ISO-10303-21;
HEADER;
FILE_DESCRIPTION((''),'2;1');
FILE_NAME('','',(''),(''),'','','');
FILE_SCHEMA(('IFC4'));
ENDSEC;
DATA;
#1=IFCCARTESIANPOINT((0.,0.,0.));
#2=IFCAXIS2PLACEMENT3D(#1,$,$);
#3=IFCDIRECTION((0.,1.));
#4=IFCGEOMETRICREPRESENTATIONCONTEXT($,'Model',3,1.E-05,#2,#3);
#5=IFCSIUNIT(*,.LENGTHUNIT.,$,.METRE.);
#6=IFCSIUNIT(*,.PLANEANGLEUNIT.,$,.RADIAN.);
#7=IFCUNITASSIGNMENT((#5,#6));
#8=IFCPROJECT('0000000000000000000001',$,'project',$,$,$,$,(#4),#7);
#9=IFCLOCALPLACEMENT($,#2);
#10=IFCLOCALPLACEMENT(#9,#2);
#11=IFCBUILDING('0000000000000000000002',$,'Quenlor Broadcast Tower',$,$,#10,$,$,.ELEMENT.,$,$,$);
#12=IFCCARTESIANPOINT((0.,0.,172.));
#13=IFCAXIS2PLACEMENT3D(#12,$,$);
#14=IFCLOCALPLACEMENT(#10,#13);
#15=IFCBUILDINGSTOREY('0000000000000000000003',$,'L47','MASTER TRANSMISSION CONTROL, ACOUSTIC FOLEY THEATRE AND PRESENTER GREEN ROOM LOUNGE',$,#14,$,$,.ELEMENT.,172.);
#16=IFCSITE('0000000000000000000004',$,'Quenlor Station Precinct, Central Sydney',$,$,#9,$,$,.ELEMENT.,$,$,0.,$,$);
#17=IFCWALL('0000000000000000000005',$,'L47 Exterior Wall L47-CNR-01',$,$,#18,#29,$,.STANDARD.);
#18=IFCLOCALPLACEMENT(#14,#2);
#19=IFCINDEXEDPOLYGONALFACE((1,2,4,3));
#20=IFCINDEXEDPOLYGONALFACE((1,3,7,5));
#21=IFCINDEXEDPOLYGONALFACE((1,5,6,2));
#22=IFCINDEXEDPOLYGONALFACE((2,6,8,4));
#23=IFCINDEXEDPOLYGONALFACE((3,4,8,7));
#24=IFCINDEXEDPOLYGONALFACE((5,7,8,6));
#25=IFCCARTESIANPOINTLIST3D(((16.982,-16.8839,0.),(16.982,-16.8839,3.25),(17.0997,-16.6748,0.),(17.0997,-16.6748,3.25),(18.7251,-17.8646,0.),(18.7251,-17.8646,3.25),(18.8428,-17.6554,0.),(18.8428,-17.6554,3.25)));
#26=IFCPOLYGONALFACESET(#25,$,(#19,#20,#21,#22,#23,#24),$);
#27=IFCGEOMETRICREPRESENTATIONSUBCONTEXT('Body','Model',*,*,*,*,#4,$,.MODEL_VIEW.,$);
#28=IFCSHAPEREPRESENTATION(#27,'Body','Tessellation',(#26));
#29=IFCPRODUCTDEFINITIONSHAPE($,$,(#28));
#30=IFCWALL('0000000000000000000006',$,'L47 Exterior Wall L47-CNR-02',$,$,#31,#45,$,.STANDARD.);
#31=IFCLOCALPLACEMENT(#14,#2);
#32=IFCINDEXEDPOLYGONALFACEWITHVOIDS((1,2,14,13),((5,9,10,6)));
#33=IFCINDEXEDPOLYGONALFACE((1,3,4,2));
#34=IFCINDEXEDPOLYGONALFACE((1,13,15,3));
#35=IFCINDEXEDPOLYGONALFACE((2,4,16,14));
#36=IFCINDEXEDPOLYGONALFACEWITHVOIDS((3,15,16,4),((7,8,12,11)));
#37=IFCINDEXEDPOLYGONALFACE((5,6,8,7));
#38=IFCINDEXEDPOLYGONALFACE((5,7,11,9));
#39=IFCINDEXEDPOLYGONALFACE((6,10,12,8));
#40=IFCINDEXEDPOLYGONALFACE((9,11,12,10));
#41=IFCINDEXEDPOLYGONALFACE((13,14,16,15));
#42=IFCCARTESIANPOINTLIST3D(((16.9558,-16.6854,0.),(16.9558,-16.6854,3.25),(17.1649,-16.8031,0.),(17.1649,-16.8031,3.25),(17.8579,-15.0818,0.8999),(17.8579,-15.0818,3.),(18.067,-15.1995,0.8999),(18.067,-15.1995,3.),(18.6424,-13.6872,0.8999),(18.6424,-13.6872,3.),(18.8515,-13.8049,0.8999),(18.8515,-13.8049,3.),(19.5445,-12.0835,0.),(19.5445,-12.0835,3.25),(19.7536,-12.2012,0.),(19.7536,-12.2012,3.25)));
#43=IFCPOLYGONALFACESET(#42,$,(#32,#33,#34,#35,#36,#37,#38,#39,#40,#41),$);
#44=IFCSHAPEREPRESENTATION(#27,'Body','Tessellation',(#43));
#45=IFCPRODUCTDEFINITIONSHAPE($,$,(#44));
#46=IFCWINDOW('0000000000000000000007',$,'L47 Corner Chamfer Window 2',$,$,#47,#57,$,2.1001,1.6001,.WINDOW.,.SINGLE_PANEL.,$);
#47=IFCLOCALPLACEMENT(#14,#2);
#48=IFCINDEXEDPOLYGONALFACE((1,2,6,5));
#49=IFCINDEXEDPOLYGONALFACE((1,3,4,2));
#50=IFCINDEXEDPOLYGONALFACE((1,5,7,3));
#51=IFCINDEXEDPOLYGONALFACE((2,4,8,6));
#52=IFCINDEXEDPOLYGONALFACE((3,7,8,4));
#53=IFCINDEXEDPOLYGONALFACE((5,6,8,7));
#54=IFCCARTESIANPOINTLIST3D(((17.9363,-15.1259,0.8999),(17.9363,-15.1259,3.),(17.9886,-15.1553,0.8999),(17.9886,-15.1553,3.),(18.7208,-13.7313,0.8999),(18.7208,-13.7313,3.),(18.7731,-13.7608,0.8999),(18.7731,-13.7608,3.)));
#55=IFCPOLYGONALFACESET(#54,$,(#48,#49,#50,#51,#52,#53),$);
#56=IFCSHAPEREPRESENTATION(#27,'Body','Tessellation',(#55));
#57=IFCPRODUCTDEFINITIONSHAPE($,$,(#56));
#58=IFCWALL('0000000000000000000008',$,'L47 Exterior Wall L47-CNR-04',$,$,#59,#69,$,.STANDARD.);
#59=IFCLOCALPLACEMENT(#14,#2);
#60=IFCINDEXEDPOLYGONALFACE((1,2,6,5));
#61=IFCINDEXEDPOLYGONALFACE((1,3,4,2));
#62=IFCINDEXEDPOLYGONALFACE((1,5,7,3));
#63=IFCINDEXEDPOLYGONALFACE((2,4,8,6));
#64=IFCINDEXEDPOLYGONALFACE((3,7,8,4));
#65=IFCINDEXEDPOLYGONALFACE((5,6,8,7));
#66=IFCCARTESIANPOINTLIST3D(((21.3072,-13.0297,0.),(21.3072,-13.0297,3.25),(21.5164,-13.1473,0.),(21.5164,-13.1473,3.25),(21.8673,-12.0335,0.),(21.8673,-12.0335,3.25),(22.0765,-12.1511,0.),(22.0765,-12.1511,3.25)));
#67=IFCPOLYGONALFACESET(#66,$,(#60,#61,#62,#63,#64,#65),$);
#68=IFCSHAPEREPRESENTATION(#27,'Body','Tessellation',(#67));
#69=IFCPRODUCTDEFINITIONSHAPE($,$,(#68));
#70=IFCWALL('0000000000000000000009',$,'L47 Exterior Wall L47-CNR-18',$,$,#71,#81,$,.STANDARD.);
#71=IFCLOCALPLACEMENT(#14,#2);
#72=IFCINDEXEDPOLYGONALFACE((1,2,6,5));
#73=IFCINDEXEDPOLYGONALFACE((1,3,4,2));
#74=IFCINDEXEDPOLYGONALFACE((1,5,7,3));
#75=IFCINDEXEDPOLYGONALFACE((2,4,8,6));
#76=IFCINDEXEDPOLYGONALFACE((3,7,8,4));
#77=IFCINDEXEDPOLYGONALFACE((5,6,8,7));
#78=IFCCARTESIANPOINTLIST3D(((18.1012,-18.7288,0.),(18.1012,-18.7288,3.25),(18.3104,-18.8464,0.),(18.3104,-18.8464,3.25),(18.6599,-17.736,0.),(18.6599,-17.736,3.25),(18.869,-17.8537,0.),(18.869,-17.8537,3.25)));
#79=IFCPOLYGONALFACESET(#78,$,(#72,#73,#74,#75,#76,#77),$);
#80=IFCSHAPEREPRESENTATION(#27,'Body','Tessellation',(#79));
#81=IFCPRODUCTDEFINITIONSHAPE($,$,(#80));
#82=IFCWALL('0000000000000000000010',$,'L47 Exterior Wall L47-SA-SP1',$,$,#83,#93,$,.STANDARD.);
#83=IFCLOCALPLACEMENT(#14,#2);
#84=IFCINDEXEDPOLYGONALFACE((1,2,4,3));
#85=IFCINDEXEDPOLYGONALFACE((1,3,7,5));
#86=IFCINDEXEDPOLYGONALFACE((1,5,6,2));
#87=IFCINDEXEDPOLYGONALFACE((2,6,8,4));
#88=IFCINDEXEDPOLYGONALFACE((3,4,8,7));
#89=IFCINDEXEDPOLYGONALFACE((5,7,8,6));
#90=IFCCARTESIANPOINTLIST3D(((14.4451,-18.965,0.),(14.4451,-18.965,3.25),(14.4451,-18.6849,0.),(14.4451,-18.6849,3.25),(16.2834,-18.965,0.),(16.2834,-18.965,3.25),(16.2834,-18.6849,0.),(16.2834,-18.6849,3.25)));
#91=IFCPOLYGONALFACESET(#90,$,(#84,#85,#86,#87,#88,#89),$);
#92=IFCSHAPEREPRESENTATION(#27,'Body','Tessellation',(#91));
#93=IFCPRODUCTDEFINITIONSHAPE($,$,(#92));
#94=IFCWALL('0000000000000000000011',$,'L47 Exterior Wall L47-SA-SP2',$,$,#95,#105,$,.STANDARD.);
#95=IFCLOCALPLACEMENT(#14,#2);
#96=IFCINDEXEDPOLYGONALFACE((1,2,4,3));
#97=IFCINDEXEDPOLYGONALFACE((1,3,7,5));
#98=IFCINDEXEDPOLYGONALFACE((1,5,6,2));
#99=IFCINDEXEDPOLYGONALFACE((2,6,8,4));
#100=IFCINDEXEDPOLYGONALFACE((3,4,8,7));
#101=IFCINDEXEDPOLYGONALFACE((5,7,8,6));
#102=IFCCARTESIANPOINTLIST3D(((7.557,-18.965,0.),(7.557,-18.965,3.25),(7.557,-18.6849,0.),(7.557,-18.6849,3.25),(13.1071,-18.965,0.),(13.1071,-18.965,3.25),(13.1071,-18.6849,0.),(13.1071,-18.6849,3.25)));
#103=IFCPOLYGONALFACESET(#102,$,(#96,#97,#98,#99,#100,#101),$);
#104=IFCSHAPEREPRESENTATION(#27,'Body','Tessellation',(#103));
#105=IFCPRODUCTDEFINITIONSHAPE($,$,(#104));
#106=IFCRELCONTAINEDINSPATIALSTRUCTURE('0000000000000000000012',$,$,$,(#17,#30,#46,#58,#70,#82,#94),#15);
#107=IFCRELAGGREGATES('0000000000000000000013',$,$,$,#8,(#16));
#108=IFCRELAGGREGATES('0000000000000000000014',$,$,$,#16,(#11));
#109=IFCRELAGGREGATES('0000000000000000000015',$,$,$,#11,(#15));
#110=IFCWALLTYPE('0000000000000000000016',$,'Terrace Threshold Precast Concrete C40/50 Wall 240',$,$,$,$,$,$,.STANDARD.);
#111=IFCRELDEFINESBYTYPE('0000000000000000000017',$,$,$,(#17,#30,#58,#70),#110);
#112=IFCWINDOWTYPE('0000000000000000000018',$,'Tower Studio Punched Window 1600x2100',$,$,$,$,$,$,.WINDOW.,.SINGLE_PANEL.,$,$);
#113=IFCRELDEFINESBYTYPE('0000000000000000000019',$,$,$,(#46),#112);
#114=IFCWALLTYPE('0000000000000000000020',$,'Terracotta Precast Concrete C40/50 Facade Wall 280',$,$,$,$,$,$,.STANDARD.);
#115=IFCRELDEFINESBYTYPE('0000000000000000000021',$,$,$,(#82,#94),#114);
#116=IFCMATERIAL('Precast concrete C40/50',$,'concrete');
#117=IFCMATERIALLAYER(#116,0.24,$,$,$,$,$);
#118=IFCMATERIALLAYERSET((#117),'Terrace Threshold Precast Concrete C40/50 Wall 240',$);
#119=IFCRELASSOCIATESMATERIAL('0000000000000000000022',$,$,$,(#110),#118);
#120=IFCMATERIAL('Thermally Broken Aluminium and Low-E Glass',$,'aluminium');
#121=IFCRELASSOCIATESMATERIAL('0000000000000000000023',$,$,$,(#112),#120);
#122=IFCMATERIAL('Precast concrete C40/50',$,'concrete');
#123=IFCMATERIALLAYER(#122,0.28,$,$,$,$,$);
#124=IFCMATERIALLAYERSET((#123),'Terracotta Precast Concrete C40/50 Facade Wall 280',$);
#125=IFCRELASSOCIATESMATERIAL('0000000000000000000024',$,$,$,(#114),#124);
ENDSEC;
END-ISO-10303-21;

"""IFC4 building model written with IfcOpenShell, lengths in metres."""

from ifc_helpers import new_model, si_unit, direction, frame, frame_2d, origin, place, context, subcontext, project, spatial, rectangle, extrude, material, layer, layer_set, type_object, element, fill, save


model = new_model("IFC4")

# Units and contexts
model_context = context("Model", 3, precision=1e-05, world=origin(), true_north=direction((0.0, 1.0)))
body_context = subcontext(model_context, "Body", "Model", "MODEL_VIEW")
ifc_project = project(units=[si_unit("LENGTHUNIT", "METRE"), si_unit("PLANEANGLEUNIT", "RADIAN")], contexts=[model_context])

# Site, building, storey
site_placement = place(None, origin())
site = spatial("IfcSite", under=ifc_project, at=site_placement, Name="Quenlor Station Precinct, Central Sydney", CompositionType="ELEMENT", RefElevation=0.0)
building_placement = place(site_placement, origin())
building = spatial("IfcBuilding", under=site, at=building_placement, Name="Quenlor Broadcast Tower", CompositionType="ELEMENT")
storey_placement = place(building_placement, frame((0.0, 0.0, 172.0)))
storey = spatial("IfcBuildingStorey", under=building, at=storey_placement, Name="L47", Description="MASTER TRANSMISSION CONTROL, ACOUSTIC FOLEY THEATRE AND PRESENTER GREEN ROOM LOUNGE", CompositionType="ELEMENT", Elevation=172.0)

# Wall
ifc_material_1 = material(Name="Precast concrete C40/50", Category="concrete")
ifc_layer_1 = layer(ifc_material_1, 0.24)
ifc_layer_set_1 = layer_set([ifc_layer_1], Name="Terrace Threshold Precast Concrete C40/50 Wall 240")
wall_type_1 = type_object("IfcWallType", Name="Terrace Threshold Precast Concrete C40/50 Wall 240", PredefinedType="STANDARD", material=ifc_layer_set_1)
wall_1_placement = place(storey_placement, frame((18.7839, -17.76, 0.0), z_axis=(0.0, 0.0, 1.0), x_axis=(-0.871536, 0.490331, 0.0)))
element("IfcWall", 1, at=wall_1_placement, inside=storey, type_object=wall_type_1, Name="L47 Exterior Wall L47-CNR-01", PredefinedType="STANDARD", context=body_context, shape_type="SweptSolid", body=[
    extrude(rectangle(XDim=2.0, YDim=0.24, at=frame_2d((1.0, 0.0))), origin(), (0.0, 0.0, 1.0), 3.25),
])

# Wall, opening, window
wall_2_placement = place(storey_placement, frame((17.0603, -16.7444, 0.0), z_axis=(0.0, 0.0, 1.0), x_axis=(0.490277, 0.871567, 0.0)))
wall_2 = element("IfcWall", 2, at=wall_2_placement, inside=storey, type_object=wall_type_1, Name="L47 Exterior Wall L47-CNR-02", PredefinedType="STANDARD", context=body_context, shape_type="SweptSolid", body=[
    extrude(rectangle(XDim=5.28, YDim=0.24, at=frame_2d((2.6401, 0.0))), origin(), (0.0, 0.0, 1.0), 3.25),
])
opening_placement = place(wall_2_placement, frame((1.8401, 0.0, 0.8999)))
opening = element("IfcOpeningElement", 3, at=opening_placement, cuts=wall_2, PredefinedType="OPENING", context=body_context, shape_type="SweptSolid", body=[
    extrude(rectangle(XDim=1.6001, YDim=2.1001, at=frame_2d((0.8, 1.05))), frame((0.0, 0.1299, 0.0), z_axis=(0.0, -1.0, 0.0), x_axis=(1.0, 0.0, 0.0)), (0.0, 0.0, 1.0), 0.26),
])
ifc_material_2 = material(Name="Thermally Broken Aluminium and Low-E Glass", Category="aluminium")
window_type = type_object("IfcWindowType", Name="Tower Studio Punched Window 1600x2100", PartitioningType="SINGLE_PANEL", PredefinedType="WINDOW", material=ifc_material_2)
window_placement = place(opening_placement, origin())
window = element("IfcWindow", 4, at=window_placement, inside=storey, type_object=window_type, Name="L47 Corner Chamfer Window 2", OverallHeight=2.1001, OverallWidth=1.6001, PartitioningType="SINGLE_PANEL", PredefinedType="WINDOW", context=body_context, shape_type="SweptSolid", body=[
    extrude(rectangle(XDim=1.6001, YDim=2.1001, at=frame_2d((0.8, 1.05))), frame((0.0, 0.03, 0.0), z_axis=(0.0, -1.0, 0.0), x_axis=(1.0, 0.0, 0.0)), (0.0, 0.0, 1.0), 0.0601),
])
fill(opening, window)

# Walls
wall_3_placement = place(storey_placement, frame((21.4119, -13.0884, 0.0), z_axis=(0.0, 0.0, 1.0), x_axis=(0.490099, 0.871667, 0.0)))
element("IfcWall", 5, at=wall_3_placement, inside=storey, type_object=wall_type_1, Name="L47 Exterior Wall L47-CNR-04", PredefinedType="STANDARD", context=body_context, shape_type="SweptSolid", body=[
    extrude(rectangle(XDim=1.1428, YDim=0.24, at=frame_2d((0.5713, 0.0))), origin(), (0.0, 0.0, 1.0), 3.25),
])
wall_4_placement = place(storey_placement, frame((18.2058, -18.7876, 0.0), z_axis=(0.0, 0.0, 1.0), x_axis=(0.490404, 0.871495, 0.0)))
element("IfcWall", 6, at=wall_4_placement, inside=storey, type_object=wall_type_1, Name="L47 Exterior Wall L47-CNR-18", PredefinedType="STANDARD", context=body_context, shape_type="SweptSolid", body=[
    extrude(rectangle(XDim=1.1392, YDim=0.24, at=frame_2d((0.5696, 0.0))), origin(), (0.0, 0.0, 1.0), 3.25),
])
ifc_material_3 = material(Name="Precast concrete C40/50", Category="concrete")
ifc_layer_2 = layer(ifc_material_3, 0.28)
ifc_layer_set_2 = layer_set([ifc_layer_2], Name="Terracotta Precast Concrete C40/50 Facade Wall 280")
wall_type_2 = type_object("IfcWallType", Name="Terracotta Precast Concrete C40/50 Facade Wall 280", PredefinedType="STANDARD", material=ifc_layer_set_2)
wall_5_placement = place(storey_placement, frame((16.2834, -18.825, 0.0), z_axis=(0.0, 0.0, 1.0), x_axis=(-1.0, 0.0, 0.0)))
element("IfcWall", 7, at=wall_5_placement, inside=storey, type_object=wall_type_2, Name="L47 Exterior Wall L47-SA-SP1", PredefinedType="STANDARD", context=body_context, shape_type="SweptSolid", body=[
    extrude(rectangle(XDim=1.8384, YDim=0.28, at=frame_2d((0.9192, 0.0))), origin(), (0.0, 0.0, 1.0), 3.25),
])
wall_6_placement = place(storey_placement, frame((13.1069, -18.825, 0.0), z_axis=(0.0, 0.0, 1.0), x_axis=(-1.0, 0.0, 0.0)))
element("IfcWall", 8, at=wall_6_placement, inside=storey, type_object=wall_type_2, Name="L47 Exterior Wall L47-SA-SP2", PredefinedType="STANDARD", context=body_context, shape_type="SweptSolid", body=[
    extrude(rectangle(XDim=5.55, YDim=0.28, at=frame_2d((2.7749, 0.0))), origin(), (0.0, 0.0, 1.0), 3.25),
])

save(model, "model.ifc")
